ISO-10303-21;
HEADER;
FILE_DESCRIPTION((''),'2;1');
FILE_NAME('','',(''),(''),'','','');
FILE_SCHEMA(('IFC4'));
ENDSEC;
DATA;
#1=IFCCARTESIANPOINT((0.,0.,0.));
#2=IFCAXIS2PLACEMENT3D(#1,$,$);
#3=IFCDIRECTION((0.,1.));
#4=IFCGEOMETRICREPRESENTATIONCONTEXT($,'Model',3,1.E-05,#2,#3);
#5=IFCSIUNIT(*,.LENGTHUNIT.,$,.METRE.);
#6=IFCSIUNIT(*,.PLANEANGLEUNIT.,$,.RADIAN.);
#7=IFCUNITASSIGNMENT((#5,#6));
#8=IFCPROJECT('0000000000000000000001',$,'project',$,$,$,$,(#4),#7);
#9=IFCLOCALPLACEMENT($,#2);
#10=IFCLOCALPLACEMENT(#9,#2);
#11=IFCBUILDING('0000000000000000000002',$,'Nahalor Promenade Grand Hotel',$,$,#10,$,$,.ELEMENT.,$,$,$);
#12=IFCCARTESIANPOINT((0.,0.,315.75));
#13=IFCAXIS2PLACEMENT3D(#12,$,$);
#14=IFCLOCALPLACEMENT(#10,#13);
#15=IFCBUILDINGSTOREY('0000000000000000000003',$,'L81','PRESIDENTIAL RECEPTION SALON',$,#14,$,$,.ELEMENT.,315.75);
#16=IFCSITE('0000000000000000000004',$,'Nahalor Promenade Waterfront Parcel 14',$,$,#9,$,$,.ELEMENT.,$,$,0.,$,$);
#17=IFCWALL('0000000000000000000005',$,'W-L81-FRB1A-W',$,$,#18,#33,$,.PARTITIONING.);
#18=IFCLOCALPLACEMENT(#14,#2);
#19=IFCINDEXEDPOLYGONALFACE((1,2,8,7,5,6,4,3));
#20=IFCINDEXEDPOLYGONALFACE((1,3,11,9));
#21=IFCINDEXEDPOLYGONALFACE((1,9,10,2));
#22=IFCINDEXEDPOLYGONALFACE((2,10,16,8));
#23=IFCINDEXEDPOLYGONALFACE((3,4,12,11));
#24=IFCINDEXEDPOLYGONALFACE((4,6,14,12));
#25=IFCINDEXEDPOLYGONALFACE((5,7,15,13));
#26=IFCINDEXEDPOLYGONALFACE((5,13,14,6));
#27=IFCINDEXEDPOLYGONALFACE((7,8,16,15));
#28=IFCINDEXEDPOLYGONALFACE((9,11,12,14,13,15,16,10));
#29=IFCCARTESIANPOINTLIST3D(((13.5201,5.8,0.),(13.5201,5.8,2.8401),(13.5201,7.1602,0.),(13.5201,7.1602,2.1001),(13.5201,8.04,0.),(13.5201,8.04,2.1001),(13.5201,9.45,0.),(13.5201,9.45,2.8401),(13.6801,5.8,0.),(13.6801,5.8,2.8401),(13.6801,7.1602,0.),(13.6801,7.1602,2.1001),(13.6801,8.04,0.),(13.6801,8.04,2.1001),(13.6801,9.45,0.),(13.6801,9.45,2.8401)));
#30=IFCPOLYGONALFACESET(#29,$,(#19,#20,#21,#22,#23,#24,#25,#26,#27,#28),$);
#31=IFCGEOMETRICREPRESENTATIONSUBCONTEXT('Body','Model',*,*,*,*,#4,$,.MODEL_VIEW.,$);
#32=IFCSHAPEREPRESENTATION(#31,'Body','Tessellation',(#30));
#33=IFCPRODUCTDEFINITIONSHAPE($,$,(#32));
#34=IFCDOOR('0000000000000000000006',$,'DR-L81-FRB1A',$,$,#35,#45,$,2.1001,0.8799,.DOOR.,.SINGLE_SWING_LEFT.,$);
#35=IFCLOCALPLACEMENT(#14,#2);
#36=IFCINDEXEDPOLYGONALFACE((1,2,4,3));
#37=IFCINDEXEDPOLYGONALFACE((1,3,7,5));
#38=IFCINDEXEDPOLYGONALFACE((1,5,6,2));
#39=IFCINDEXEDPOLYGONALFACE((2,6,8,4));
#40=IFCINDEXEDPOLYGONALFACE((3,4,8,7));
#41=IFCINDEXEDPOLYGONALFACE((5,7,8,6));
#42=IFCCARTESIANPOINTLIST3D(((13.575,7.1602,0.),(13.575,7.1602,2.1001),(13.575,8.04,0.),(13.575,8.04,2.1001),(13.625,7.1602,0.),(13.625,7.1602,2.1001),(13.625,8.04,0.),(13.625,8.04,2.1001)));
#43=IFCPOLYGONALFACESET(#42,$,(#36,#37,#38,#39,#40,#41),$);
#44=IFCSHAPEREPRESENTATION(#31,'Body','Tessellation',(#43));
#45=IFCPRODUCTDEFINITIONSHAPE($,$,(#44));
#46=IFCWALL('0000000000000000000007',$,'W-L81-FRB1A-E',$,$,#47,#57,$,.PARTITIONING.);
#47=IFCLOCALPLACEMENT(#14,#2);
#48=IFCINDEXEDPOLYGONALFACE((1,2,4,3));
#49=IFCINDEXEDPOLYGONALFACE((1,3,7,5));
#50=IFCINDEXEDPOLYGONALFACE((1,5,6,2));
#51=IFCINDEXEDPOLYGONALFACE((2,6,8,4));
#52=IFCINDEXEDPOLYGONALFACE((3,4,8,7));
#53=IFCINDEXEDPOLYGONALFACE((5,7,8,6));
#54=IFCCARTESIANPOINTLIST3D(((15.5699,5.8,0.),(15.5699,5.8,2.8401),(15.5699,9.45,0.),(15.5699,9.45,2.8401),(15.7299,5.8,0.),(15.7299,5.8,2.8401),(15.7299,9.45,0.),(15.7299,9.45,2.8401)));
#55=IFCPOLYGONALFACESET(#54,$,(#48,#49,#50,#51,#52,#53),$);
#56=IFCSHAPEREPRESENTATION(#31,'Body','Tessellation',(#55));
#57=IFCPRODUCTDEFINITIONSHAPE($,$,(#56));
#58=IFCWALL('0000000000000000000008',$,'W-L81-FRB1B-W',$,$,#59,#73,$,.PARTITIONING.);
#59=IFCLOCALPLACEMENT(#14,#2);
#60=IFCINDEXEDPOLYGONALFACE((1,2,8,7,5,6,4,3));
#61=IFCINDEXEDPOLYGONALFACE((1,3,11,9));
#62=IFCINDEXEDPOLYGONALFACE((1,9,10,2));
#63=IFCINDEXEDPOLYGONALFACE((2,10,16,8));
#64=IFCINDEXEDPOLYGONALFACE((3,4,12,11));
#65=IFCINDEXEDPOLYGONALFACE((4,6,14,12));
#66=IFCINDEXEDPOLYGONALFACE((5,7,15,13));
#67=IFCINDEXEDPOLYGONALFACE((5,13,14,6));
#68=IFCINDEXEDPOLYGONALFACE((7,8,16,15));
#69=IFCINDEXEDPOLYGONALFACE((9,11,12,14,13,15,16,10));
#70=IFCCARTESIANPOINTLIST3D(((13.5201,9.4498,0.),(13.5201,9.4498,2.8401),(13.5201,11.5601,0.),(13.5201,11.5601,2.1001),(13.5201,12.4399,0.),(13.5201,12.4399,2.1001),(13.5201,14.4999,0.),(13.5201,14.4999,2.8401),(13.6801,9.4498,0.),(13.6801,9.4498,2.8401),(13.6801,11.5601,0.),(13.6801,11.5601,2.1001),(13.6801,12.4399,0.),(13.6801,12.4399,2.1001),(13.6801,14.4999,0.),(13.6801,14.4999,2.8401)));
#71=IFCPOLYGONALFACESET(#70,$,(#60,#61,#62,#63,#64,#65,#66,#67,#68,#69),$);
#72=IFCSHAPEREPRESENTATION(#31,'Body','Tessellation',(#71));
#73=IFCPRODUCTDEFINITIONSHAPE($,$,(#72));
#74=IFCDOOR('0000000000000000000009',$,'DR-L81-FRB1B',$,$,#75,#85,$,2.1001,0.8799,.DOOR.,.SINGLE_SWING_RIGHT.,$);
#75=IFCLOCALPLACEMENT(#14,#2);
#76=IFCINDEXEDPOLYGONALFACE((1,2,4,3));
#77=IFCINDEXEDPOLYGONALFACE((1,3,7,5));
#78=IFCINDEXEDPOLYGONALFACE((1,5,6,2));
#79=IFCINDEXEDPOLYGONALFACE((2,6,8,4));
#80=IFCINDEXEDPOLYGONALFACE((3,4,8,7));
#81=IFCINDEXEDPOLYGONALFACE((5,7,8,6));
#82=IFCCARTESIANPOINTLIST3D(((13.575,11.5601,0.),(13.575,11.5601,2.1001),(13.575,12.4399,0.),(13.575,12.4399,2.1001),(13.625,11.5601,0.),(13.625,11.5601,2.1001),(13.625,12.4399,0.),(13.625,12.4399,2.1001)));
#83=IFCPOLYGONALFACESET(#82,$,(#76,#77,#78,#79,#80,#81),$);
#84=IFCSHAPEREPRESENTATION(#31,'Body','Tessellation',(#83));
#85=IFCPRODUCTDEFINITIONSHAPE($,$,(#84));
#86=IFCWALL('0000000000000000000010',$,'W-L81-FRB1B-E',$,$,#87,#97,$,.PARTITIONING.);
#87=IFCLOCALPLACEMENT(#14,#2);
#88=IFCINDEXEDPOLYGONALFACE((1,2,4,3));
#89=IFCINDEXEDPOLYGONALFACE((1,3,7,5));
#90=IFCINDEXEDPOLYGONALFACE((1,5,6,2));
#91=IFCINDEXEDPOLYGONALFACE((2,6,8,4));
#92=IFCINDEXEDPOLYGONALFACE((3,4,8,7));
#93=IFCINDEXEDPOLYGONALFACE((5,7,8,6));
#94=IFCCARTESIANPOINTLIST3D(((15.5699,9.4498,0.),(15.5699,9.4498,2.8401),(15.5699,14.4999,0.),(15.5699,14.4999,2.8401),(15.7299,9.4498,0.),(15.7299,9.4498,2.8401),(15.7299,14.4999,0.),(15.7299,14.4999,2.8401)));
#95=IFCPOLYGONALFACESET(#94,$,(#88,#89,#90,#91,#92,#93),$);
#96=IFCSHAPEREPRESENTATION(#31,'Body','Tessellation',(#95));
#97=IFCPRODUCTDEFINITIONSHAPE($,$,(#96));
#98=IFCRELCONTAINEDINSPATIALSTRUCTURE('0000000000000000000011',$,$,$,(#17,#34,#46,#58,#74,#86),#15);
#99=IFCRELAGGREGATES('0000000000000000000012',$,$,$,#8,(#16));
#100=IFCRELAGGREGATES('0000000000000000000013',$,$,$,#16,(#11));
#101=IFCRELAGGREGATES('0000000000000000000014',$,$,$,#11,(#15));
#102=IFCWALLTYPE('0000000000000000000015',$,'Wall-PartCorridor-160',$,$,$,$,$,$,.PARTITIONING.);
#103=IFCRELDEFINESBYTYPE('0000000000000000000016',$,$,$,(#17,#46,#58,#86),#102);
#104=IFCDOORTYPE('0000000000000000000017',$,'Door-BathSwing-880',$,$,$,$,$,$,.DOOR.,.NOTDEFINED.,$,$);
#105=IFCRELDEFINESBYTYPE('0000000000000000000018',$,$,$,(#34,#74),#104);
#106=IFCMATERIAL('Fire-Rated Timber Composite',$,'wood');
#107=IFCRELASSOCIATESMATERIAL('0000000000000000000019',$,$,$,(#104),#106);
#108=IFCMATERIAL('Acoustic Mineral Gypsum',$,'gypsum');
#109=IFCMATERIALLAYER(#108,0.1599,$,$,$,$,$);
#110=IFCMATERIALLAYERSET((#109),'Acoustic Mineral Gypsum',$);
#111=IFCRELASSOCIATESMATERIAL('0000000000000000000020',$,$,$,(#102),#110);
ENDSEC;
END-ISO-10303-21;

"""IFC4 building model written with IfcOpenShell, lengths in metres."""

from ifc_helpers import new_model, si_unit, direction, frame, frame_2d, origin, place, context, subcontext, project, spatial, rectangle, extrude, source, transform, mapped, material, layer, layer_set, type_object, element, fill, save


model = new_model("IFC4")

# Units and contexts
model_context = context("Model", 3, precision=1e-05, world=origin(), true_north=direction((0.0, 1.0)))
body_context = subcontext(model_context, "Body", "Model", "MODEL_VIEW")
ifc_project = project(units=[si_unit("LENGTHUNIT", "METRE"), si_unit("PLANEANGLEUNIT", "RADIAN")], contexts=[model_context])

# Site, building, storey
site_placement = place(None, origin())
site = spatial("IfcSite", under=ifc_project, at=site_placement, Name="Nahalor Promenade Waterfront Parcel 14", CompositionType="ELEMENT", RefElevation=0.0)
building_placement = place(site_placement, origin())
building = spatial("IfcBuilding", under=site, at=building_placement, Name="Nahalor Promenade Grand Hotel", CompositionType="ELEMENT")
storey_placement = place(building_placement, frame((0.0, 0.0, 315.75)))
storey = spatial("IfcBuildingStorey", under=building, at=storey_placement, Name="L81", Description="PRESIDENTIAL RECEPTION SALON", CompositionType="ELEMENT", Elevation=315.75)

# Shared definitions
ifc_material_1 = material(Name="Acoustic Mineral Gypsum", Category="gypsum")

# Shared definitions
ifc_material_2 = material(Name="Fire-Rated Timber Composite", Category="wood")
door_type_1 = type_object("IfcDoorType", Name="Door-BathSwing-880", OperationType="NOTDEFINED", PredefinedType="DOOR", material=ifc_material_2)
shared_shape_1 = source(origin(), body_context, "Body", "SweptSolid", [
    extrude(rectangle(XDim=0.8799, YDim=2.1001, at=frame_2d((0.4399, 1.05))), frame((0.0, 0.0249, 0.0), z_axis=(0.0, -1.0, 0.0), x_axis=(1.0, 0.0, 0.0)), (0.0, 0.0, 1.0), 0.05),
])

# Shared definitions
ifc_layer_1 = layer(ifc_material_1, 0.1599)
ifc_layer_set_1 = layer_set([ifc_layer_1], Name="Acoustic Mineral Gypsum")
wall_type_1 = type_object("IfcWallType", Name="Wall-PartCorridor-160", PredefinedType="PARTITIONING", material=ifc_layer_set_1)

# Wall, opening, door
shared_shape_2 = source(origin(), body_context, "Body", "SweptSolid", [
    extrude(rectangle(XDim=3.6499, YDim=0.1599, at=frame_2d((1.825, 0.0))), origin(), (0.0, 0.0, 1.0), 2.8401),
])
wall_1_placement = place(storey_placement, frame((13.6001, 5.8, 0.0), z_axis=(0.0, 0.0, 1.0), x_axis=(0.0, 1.0, 0.0)))
wall_1 = element("IfcWall", 1, at=wall_1_placement, inside=storey, type_object=wall_type_1, Name="W-L81-FRB1A-W", PredefinedType="PARTITIONING", context=body_context, shape_type="MappedRepresentation", body=[
    mapped(shared_shape_2, transform((0.0, 0.0, 0.0), scale=1.0)),
])
opening_1_placement = place(wall_1_placement, frame((1.3601, 0.0, 0.0)))
opening_1 = element("IfcOpeningElement", 2, at=opening_1_placement, cuts=wall_1, PredefinedType="OPENING", context=body_context, shape_type="SweptSolid", body=[
    extrude(rectangle(XDim=0.8799, YDim=2.1001, at=frame_2d((0.4399, 1.05))), frame((0.0, 0.0898, 0.0), z_axis=(0.0, -1.0, 0.0), x_axis=(1.0, 0.0, 0.0)), (0.0, 0.0, 1.0), 0.1799),
])
door_1_placement = place(opening_1_placement, frame((0.8799, 0.0, 0.0), z_axis=(0.0, 0.0, 1.0), x_axis=(-1.0, 0.0, 0.0)))
door_1 = element("IfcDoor", 3, at=door_1_placement, inside=storey, type_object=door_type_1, Name="DR-L81-FRB1A", OperationType="SINGLE_SWING_LEFT", OverallHeight=2.1001, OverallWidth=0.8799, PredefinedType="DOOR", context=body_context, shape_type="MappedRepresentation", body=[
    mapped(shared_shape_1, transform((0.0, 0.0, 0.0), scale=1.0)),
])
fill(opening_1, door_1)

# Wall
wall_2_placement = place(storey_placement, frame((15.6499, 5.8, 0.0), z_axis=(0.0, 0.0, 1.0), x_axis=(0.0, 1.0, 0.0)))
element("IfcWall", 4, at=wall_2_placement, inside=storey, type_object=wall_type_1, Name="W-L81-FRB1A-E", PredefinedType="PARTITIONING", context=body_context, shape_type="MappedRepresentation", body=[
    mapped(shared_shape_2, transform((0.0, 0.0, 0.0), scale=1.0)),
])

# Wall, opening, door
shared_shape_3 = source(origin(), body_context, "Body", "SweptSolid", [
    extrude(rectangle(XDim=5.05, YDim=0.1599, at=frame_2d((2.5249, 0.0))), origin(), (0.0, 0.0, 1.0), 2.8401),
])
wall_3_placement = place(storey_placement, frame((13.6001, 9.45, 0.0), z_axis=(0.0, 0.0, 1.0), x_axis=(0.0, 1.0, 0.0)))
wall_3 = element("IfcWall", 5, at=wall_3_placement, inside=storey, type_object=wall_type_1, Name="W-L81-FRB1B-W", PredefinedType="PARTITIONING", context=body_context, shape_type="MappedRepresentation", body=[
    mapped(shared_shape_3, transform((0.0, 0.0, 0.0), scale=1.0)),
])
opening_2_placement = place(wall_3_placement, frame((2.1101, 0.0, 0.0)))
opening_2 = element("IfcOpeningElement", 6, at=opening_2_placement, cuts=wall_3, PredefinedType="OPENING", context=body_context, shape_type="SweptSolid", body=[
    extrude(rectangle(XDim=0.8799, YDim=2.1001, at=frame_2d((0.4399, 1.05))), frame((0.0, 0.0898, 0.0), z_axis=(0.0, -1.0, 0.0), x_axis=(1.0, 0.0, 0.0)), (0.0, 0.0, 1.0), 0.1799),
])
door_2_placement = place(opening_2_placement, frame((0.8799, 0.0, 0.0), z_axis=(0.0, 0.0, 1.0), x_axis=(-1.0, 0.0, 0.0)))
door_2 = element("IfcDoor", 7, at=door_2_placement, inside=storey, type_object=door_type_1, Name="DR-L81-FRB1B", OperationType="SINGLE_SWING_RIGHT", OverallHeight=2.1001, OverallWidth=0.8799, PredefinedType="DOOR", context=body_context, shape_type="MappedRepresentation", body=[
    mapped(shared_shape_1, transform((0.0, 0.0, 0.0), scale=1.0)),
])
fill(opening_2, door_2)

# Wall
wall_4_placement = place(storey_placement, frame((15.6499, 9.45, 0.0), z_axis=(0.0, 0.0, 1.0), x_axis=(0.0, 1.0, 0.0)))
element("IfcWall", 8, at=wall_4_placement, inside=storey, type_object=wall_type_1, Name="W-L81-FRB1B-E", PredefinedType="PARTITIONING", context=body_context, shape_type="MappedRepresentation", body=[
    mapped(shared_shape_3, transform((0.0, 0.0, 0.0), scale=1.0)),
])

save(model, "model.ifc")
